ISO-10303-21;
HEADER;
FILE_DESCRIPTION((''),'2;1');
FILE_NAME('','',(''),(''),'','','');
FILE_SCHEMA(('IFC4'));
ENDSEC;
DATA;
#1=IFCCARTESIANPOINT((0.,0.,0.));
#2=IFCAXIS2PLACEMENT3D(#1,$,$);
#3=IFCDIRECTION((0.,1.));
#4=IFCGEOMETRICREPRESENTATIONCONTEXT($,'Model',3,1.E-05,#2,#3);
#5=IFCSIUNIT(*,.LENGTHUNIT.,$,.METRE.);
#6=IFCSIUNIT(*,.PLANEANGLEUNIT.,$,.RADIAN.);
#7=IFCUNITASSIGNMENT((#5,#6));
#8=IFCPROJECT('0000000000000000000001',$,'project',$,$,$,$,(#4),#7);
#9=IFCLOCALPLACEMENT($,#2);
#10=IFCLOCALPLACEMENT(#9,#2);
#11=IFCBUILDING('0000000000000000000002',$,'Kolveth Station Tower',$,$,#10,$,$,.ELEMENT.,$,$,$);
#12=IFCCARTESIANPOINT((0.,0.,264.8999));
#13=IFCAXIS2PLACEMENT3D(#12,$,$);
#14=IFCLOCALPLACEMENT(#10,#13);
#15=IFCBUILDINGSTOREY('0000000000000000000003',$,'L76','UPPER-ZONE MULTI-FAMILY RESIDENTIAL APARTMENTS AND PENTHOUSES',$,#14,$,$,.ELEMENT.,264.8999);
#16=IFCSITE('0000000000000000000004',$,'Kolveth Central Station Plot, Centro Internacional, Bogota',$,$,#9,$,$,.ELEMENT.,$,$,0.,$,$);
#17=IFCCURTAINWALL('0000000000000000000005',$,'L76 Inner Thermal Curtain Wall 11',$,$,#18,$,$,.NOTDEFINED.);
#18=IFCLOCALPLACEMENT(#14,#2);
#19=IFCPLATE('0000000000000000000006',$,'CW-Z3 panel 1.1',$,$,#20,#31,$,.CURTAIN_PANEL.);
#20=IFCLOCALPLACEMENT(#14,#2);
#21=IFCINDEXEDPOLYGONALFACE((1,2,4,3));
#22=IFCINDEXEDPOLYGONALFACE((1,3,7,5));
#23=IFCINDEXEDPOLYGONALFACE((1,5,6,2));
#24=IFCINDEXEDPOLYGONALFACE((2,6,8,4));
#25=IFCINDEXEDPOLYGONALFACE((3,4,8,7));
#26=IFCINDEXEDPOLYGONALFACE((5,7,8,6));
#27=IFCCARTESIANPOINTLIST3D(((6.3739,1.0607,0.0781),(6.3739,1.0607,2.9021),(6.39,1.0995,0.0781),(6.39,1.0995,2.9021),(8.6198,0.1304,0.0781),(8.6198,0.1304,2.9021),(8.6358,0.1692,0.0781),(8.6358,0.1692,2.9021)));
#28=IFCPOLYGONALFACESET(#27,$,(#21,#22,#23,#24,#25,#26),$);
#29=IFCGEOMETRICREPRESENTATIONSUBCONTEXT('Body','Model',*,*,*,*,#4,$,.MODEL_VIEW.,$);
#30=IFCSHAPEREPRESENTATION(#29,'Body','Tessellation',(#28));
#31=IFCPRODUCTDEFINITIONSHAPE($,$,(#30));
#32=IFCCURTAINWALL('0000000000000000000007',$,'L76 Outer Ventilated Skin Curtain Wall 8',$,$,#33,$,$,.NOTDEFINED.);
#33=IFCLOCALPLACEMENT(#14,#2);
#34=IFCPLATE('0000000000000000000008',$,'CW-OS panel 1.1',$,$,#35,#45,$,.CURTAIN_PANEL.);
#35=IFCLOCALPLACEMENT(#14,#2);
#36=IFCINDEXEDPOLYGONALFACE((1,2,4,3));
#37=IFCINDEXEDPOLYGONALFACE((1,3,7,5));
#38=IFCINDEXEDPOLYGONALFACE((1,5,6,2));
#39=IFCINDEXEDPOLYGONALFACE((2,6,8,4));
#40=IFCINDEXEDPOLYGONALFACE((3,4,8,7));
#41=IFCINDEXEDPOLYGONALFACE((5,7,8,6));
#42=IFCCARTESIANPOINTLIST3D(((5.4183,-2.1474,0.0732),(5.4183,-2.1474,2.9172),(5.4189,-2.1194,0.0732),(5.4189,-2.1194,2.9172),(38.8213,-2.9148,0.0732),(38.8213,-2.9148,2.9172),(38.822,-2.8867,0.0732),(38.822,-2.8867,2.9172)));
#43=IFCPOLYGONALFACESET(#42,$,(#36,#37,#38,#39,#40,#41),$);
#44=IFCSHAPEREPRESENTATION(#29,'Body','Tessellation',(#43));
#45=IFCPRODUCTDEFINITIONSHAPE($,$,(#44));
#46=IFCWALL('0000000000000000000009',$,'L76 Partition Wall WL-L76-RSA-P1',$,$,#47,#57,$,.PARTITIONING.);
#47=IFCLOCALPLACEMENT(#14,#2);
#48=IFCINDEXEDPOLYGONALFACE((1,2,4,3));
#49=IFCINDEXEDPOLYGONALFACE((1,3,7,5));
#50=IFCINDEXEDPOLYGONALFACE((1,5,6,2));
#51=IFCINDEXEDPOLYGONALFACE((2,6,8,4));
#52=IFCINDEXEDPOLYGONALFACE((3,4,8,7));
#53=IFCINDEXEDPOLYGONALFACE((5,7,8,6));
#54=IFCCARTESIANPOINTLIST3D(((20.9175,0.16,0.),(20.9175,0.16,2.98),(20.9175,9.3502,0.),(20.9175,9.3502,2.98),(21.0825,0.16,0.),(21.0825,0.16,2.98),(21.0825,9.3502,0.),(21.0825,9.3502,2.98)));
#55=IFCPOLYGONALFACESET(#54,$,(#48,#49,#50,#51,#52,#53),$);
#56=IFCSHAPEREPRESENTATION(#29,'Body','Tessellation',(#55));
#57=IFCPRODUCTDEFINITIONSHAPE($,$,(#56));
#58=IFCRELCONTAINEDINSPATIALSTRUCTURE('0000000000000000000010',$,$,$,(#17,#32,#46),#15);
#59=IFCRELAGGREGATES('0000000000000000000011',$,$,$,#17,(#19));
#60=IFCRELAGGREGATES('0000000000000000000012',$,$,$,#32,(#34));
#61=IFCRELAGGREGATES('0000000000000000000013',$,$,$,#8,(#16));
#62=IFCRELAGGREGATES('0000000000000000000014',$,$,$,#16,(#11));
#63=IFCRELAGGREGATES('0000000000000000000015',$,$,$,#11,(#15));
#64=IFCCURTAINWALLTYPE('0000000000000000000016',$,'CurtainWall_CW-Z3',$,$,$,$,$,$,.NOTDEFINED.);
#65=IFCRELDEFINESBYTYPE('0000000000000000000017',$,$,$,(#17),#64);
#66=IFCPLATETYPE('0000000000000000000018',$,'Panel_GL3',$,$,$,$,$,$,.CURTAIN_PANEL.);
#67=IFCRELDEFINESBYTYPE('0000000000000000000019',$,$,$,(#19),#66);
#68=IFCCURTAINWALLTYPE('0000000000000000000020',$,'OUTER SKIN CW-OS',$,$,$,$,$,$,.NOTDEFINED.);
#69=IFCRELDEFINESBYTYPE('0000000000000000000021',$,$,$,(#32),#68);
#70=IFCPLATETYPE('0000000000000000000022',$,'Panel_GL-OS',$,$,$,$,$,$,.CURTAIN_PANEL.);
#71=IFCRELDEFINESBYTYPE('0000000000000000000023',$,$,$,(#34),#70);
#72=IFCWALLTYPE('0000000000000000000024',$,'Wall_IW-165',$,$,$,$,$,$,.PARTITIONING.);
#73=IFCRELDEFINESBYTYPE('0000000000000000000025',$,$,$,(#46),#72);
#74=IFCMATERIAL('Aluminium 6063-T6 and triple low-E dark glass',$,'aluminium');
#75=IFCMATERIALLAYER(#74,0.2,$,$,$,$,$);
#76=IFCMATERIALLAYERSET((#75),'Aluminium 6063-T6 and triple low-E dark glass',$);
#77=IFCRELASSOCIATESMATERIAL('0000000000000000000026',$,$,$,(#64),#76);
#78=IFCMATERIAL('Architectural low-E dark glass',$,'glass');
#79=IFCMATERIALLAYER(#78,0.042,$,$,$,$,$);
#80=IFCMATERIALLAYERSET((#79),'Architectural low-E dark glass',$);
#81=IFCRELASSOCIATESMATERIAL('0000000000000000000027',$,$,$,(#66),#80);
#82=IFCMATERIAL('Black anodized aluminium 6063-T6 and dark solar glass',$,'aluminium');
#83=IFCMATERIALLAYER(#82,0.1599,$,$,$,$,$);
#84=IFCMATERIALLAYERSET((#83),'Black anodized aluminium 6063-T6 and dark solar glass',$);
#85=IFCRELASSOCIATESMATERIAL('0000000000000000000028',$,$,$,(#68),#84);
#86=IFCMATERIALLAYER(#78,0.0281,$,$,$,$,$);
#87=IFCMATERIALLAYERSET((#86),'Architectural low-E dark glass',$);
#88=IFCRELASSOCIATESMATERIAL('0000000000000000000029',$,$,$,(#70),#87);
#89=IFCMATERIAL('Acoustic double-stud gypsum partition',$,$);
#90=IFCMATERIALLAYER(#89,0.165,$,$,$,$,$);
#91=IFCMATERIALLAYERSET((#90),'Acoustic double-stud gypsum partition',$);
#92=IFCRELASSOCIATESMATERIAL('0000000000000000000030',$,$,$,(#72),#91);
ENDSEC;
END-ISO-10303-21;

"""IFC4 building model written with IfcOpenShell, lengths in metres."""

from ifc_helpers import new_model, si_unit, direction, frame, frame_2d, origin, origin_2d, place, context, subcontext, project, spatial, rectangle, extrude, source, transform, mapped, material, layer, layer_set, type_object, element, aggregate, save


model = new_model("IFC4")

# Units and contexts
model_context = context("Model", 3, precision=1e-05, world=origin(), true_north=direction((0.0, 1.0)))
body_context = subcontext(model_context, "Body", "Model", "MODEL_VIEW")
ifc_project = project(units=[si_unit("LENGTHUNIT", "METRE"), si_unit("PLANEANGLEUNIT", "RADIAN")], contexts=[model_context])

# Site, building, storey
site_placement = place(None, origin())
site = spatial("IfcSite", under=ifc_project, at=site_placement, Name="Kolveth Central Station Plot, Centro Internacional, Bogota", CompositionType="ELEMENT", RefElevation=0.0)
building_placement = place(site_placement, origin())
building = spatial("IfcBuilding", under=site, at=building_placement, Name="Kolveth Station Tower", CompositionType="ELEMENT")
storey_placement = place(building_placement, frame((0.0, 0.0, 264.8999)))
storey = spatial("IfcBuildingStorey", under=building, at=storey_placement, Name="L76", Description="UPPER-ZONE MULTI-FAMILY RESIDENTIAL APARTMENTS AND PENTHOUSES", CompositionType="ELEMENT", Elevation=264.8999)

# Curtain wall
ifc_material_1 = material(Name="Aluminium 6063-T6 and triple low-E dark glass", Category="aluminium")
ifc_layer_1 = layer(ifc_material_1, 0.2)
ifc_layer_set_1 = layer_set([ifc_layer_1], Name="Aluminium 6063-T6 and triple low-E dark glass")
curtain_wall_type_1 = type_object("IfcCurtainWallType", Name="CurtainWall_CW-Z3", PredefinedType="NOTDEFINED", material=ifc_layer_set_1)
curtain_wall_1_placement = place(storey_placement, origin())
curtain_wall_1 = element("IfcCurtainWall", 1, at=curtain_wall_1_placement, inside=storey, type_object=curtain_wall_type_1, Name="L76 Inner Thermal Curtain Wall 11", PredefinedType="NOTDEFINED")

# Plate
ifc_material_2 = material(Name="Architectural low-E dark glass", Category="glass")
ifc_layer_2 = layer(ifc_material_2, 0.042)
ifc_layer_set_2 = layer_set([ifc_layer_2], Name="Architectural low-E dark glass")
plate_type_1 = type_object("IfcPlateType", Name="Panel_GL3", PredefinedType="CURTAIN_PANEL", material=ifc_layer_set_2)
shared_shape_1 = source(origin(), body_context, "Body", "SweptSolid", [
    extrude(rectangle(XDim=2.4309, YDim=0.042, at=origin_2d()), origin(), (0.0, 0.0, 1.0), 2.824),
])
plate_1_placement = place(storey_placement, frame((7.5049, 0.615, 0.0781), z_axis=(0.0, 0.0, 1.0), x_axis=(0.923875, -0.382693, 0.0)))
plate_1 = element("IfcPlate", 2, at=plate_1_placement, type_object=plate_type_1, Name="CW-Z3 panel 1.1", PredefinedType="CURTAIN_PANEL", context=body_context, shape_type="MappedRepresentation", body=[
    mapped(shared_shape_1, transform((0.0, 0.0, 0.0), x_axis=(1.0, 0.0, 0.0), y_axis=(0.0, 1.0, 0.0), z_axis=(0.0, 0.0, 1.0), scale=1.0)),
])
aggregate(curtain_wall_1, [plate_1])

# Curtain wall, plate
ifc_material_3 = material(Name="Black anodized aluminium 6063-T6 and dark solar glass", Category="aluminium")
ifc_layer_3 = layer(ifc_material_3, 0.1599)
ifc_layer_set_3 = layer_set([ifc_layer_3], Name="Black anodized aluminium 6063-T6 and dark solar glass")
curtain_wall_type_2 = type_object("IfcCurtainWallType", Name="OUTER SKIN CW-OS", PredefinedType="NOTDEFINED", material=ifc_layer_set_3)
curtain_wall_2_placement = place(storey_placement, origin())
curtain_wall_2 = element("IfcCurtainWall", 3, at=curtain_wall_2_placement, inside=storey, type_object=curtain_wall_type_2, Name="L76 Outer Ventilated Skin Curtain Wall 8", PredefinedType="NOTDEFINED")
ifc_layer_4 = layer(ifc_material_2, 0.0281)
ifc_layer_set_4 = layer_set([ifc_layer_4], Name="Architectural low-E dark glass")
plate_type_2 = type_object("IfcPlateType", Name="Panel_GL-OS", PredefinedType="CURTAIN_PANEL", material=ifc_layer_set_4)
shared_shape_2 = source(origin(), body_context, "Body", "SweptSolid", [
    extrude(rectangle(XDim=33.4119, YDim=0.0281, at=origin_2d()), origin(), (0.0, 0.0, 1.0), 2.844),
])
plate_2_placement = place(storey_placement, frame((22.1201, -2.5171, 0.0732), z_axis=(0.0, 0.0, 1.0), x_axis=(0.999736, -0.022968, 0.0)))
plate_2 = element("IfcPlate", 4, at=plate_2_placement, type_object=plate_type_2, Name="CW-OS panel 1.1", PredefinedType="CURTAIN_PANEL", context=body_context, shape_type="MappedRepresentation", body=[
    mapped(shared_shape_2, transform((0.0, 0.0, 0.0), x_axis=(1.0, 0.0, 0.0), y_axis=(0.0, 1.0, 0.0), z_axis=(0.0, 0.0, 1.0), scale=1.0)),
])
aggregate(curtain_wall_2, [plate_2])

# Wall
ifc_material_4 = material(Name="Acoustic double-stud gypsum partition")
ifc_layer_5 = layer(ifc_material_4, 0.165)
ifc_layer_set_5 = layer_set([ifc_layer_5], Name="Acoustic double-stud gypsum partition")
wall_type = type_object("IfcWallType", Name="Wall_IW-165", PredefinedType="PARTITIONING", material=ifc_layer_set_5)
wall_placement = place(storey_placement, frame((21.0, 0.1599, 0.0), z_axis=(0.0, 0.0, 1.0), x_axis=(0.0, 1.0, 0.0)))
element("IfcWall", 5, at=wall_placement, inside=storey, type_object=wall_type, Name="L76 Partition Wall WL-L76-RSA-P1", PredefinedType="PARTITIONING", context=body_context, shape_type="SweptSolid", body=[
    extrude(rectangle(XDim=9.1902, YDim=0.165, at=frame_2d((4.5952, 0.0))), origin(), (0.0, 0.0, 1.0), 2.98),
])

save(model, "model.ifc")
